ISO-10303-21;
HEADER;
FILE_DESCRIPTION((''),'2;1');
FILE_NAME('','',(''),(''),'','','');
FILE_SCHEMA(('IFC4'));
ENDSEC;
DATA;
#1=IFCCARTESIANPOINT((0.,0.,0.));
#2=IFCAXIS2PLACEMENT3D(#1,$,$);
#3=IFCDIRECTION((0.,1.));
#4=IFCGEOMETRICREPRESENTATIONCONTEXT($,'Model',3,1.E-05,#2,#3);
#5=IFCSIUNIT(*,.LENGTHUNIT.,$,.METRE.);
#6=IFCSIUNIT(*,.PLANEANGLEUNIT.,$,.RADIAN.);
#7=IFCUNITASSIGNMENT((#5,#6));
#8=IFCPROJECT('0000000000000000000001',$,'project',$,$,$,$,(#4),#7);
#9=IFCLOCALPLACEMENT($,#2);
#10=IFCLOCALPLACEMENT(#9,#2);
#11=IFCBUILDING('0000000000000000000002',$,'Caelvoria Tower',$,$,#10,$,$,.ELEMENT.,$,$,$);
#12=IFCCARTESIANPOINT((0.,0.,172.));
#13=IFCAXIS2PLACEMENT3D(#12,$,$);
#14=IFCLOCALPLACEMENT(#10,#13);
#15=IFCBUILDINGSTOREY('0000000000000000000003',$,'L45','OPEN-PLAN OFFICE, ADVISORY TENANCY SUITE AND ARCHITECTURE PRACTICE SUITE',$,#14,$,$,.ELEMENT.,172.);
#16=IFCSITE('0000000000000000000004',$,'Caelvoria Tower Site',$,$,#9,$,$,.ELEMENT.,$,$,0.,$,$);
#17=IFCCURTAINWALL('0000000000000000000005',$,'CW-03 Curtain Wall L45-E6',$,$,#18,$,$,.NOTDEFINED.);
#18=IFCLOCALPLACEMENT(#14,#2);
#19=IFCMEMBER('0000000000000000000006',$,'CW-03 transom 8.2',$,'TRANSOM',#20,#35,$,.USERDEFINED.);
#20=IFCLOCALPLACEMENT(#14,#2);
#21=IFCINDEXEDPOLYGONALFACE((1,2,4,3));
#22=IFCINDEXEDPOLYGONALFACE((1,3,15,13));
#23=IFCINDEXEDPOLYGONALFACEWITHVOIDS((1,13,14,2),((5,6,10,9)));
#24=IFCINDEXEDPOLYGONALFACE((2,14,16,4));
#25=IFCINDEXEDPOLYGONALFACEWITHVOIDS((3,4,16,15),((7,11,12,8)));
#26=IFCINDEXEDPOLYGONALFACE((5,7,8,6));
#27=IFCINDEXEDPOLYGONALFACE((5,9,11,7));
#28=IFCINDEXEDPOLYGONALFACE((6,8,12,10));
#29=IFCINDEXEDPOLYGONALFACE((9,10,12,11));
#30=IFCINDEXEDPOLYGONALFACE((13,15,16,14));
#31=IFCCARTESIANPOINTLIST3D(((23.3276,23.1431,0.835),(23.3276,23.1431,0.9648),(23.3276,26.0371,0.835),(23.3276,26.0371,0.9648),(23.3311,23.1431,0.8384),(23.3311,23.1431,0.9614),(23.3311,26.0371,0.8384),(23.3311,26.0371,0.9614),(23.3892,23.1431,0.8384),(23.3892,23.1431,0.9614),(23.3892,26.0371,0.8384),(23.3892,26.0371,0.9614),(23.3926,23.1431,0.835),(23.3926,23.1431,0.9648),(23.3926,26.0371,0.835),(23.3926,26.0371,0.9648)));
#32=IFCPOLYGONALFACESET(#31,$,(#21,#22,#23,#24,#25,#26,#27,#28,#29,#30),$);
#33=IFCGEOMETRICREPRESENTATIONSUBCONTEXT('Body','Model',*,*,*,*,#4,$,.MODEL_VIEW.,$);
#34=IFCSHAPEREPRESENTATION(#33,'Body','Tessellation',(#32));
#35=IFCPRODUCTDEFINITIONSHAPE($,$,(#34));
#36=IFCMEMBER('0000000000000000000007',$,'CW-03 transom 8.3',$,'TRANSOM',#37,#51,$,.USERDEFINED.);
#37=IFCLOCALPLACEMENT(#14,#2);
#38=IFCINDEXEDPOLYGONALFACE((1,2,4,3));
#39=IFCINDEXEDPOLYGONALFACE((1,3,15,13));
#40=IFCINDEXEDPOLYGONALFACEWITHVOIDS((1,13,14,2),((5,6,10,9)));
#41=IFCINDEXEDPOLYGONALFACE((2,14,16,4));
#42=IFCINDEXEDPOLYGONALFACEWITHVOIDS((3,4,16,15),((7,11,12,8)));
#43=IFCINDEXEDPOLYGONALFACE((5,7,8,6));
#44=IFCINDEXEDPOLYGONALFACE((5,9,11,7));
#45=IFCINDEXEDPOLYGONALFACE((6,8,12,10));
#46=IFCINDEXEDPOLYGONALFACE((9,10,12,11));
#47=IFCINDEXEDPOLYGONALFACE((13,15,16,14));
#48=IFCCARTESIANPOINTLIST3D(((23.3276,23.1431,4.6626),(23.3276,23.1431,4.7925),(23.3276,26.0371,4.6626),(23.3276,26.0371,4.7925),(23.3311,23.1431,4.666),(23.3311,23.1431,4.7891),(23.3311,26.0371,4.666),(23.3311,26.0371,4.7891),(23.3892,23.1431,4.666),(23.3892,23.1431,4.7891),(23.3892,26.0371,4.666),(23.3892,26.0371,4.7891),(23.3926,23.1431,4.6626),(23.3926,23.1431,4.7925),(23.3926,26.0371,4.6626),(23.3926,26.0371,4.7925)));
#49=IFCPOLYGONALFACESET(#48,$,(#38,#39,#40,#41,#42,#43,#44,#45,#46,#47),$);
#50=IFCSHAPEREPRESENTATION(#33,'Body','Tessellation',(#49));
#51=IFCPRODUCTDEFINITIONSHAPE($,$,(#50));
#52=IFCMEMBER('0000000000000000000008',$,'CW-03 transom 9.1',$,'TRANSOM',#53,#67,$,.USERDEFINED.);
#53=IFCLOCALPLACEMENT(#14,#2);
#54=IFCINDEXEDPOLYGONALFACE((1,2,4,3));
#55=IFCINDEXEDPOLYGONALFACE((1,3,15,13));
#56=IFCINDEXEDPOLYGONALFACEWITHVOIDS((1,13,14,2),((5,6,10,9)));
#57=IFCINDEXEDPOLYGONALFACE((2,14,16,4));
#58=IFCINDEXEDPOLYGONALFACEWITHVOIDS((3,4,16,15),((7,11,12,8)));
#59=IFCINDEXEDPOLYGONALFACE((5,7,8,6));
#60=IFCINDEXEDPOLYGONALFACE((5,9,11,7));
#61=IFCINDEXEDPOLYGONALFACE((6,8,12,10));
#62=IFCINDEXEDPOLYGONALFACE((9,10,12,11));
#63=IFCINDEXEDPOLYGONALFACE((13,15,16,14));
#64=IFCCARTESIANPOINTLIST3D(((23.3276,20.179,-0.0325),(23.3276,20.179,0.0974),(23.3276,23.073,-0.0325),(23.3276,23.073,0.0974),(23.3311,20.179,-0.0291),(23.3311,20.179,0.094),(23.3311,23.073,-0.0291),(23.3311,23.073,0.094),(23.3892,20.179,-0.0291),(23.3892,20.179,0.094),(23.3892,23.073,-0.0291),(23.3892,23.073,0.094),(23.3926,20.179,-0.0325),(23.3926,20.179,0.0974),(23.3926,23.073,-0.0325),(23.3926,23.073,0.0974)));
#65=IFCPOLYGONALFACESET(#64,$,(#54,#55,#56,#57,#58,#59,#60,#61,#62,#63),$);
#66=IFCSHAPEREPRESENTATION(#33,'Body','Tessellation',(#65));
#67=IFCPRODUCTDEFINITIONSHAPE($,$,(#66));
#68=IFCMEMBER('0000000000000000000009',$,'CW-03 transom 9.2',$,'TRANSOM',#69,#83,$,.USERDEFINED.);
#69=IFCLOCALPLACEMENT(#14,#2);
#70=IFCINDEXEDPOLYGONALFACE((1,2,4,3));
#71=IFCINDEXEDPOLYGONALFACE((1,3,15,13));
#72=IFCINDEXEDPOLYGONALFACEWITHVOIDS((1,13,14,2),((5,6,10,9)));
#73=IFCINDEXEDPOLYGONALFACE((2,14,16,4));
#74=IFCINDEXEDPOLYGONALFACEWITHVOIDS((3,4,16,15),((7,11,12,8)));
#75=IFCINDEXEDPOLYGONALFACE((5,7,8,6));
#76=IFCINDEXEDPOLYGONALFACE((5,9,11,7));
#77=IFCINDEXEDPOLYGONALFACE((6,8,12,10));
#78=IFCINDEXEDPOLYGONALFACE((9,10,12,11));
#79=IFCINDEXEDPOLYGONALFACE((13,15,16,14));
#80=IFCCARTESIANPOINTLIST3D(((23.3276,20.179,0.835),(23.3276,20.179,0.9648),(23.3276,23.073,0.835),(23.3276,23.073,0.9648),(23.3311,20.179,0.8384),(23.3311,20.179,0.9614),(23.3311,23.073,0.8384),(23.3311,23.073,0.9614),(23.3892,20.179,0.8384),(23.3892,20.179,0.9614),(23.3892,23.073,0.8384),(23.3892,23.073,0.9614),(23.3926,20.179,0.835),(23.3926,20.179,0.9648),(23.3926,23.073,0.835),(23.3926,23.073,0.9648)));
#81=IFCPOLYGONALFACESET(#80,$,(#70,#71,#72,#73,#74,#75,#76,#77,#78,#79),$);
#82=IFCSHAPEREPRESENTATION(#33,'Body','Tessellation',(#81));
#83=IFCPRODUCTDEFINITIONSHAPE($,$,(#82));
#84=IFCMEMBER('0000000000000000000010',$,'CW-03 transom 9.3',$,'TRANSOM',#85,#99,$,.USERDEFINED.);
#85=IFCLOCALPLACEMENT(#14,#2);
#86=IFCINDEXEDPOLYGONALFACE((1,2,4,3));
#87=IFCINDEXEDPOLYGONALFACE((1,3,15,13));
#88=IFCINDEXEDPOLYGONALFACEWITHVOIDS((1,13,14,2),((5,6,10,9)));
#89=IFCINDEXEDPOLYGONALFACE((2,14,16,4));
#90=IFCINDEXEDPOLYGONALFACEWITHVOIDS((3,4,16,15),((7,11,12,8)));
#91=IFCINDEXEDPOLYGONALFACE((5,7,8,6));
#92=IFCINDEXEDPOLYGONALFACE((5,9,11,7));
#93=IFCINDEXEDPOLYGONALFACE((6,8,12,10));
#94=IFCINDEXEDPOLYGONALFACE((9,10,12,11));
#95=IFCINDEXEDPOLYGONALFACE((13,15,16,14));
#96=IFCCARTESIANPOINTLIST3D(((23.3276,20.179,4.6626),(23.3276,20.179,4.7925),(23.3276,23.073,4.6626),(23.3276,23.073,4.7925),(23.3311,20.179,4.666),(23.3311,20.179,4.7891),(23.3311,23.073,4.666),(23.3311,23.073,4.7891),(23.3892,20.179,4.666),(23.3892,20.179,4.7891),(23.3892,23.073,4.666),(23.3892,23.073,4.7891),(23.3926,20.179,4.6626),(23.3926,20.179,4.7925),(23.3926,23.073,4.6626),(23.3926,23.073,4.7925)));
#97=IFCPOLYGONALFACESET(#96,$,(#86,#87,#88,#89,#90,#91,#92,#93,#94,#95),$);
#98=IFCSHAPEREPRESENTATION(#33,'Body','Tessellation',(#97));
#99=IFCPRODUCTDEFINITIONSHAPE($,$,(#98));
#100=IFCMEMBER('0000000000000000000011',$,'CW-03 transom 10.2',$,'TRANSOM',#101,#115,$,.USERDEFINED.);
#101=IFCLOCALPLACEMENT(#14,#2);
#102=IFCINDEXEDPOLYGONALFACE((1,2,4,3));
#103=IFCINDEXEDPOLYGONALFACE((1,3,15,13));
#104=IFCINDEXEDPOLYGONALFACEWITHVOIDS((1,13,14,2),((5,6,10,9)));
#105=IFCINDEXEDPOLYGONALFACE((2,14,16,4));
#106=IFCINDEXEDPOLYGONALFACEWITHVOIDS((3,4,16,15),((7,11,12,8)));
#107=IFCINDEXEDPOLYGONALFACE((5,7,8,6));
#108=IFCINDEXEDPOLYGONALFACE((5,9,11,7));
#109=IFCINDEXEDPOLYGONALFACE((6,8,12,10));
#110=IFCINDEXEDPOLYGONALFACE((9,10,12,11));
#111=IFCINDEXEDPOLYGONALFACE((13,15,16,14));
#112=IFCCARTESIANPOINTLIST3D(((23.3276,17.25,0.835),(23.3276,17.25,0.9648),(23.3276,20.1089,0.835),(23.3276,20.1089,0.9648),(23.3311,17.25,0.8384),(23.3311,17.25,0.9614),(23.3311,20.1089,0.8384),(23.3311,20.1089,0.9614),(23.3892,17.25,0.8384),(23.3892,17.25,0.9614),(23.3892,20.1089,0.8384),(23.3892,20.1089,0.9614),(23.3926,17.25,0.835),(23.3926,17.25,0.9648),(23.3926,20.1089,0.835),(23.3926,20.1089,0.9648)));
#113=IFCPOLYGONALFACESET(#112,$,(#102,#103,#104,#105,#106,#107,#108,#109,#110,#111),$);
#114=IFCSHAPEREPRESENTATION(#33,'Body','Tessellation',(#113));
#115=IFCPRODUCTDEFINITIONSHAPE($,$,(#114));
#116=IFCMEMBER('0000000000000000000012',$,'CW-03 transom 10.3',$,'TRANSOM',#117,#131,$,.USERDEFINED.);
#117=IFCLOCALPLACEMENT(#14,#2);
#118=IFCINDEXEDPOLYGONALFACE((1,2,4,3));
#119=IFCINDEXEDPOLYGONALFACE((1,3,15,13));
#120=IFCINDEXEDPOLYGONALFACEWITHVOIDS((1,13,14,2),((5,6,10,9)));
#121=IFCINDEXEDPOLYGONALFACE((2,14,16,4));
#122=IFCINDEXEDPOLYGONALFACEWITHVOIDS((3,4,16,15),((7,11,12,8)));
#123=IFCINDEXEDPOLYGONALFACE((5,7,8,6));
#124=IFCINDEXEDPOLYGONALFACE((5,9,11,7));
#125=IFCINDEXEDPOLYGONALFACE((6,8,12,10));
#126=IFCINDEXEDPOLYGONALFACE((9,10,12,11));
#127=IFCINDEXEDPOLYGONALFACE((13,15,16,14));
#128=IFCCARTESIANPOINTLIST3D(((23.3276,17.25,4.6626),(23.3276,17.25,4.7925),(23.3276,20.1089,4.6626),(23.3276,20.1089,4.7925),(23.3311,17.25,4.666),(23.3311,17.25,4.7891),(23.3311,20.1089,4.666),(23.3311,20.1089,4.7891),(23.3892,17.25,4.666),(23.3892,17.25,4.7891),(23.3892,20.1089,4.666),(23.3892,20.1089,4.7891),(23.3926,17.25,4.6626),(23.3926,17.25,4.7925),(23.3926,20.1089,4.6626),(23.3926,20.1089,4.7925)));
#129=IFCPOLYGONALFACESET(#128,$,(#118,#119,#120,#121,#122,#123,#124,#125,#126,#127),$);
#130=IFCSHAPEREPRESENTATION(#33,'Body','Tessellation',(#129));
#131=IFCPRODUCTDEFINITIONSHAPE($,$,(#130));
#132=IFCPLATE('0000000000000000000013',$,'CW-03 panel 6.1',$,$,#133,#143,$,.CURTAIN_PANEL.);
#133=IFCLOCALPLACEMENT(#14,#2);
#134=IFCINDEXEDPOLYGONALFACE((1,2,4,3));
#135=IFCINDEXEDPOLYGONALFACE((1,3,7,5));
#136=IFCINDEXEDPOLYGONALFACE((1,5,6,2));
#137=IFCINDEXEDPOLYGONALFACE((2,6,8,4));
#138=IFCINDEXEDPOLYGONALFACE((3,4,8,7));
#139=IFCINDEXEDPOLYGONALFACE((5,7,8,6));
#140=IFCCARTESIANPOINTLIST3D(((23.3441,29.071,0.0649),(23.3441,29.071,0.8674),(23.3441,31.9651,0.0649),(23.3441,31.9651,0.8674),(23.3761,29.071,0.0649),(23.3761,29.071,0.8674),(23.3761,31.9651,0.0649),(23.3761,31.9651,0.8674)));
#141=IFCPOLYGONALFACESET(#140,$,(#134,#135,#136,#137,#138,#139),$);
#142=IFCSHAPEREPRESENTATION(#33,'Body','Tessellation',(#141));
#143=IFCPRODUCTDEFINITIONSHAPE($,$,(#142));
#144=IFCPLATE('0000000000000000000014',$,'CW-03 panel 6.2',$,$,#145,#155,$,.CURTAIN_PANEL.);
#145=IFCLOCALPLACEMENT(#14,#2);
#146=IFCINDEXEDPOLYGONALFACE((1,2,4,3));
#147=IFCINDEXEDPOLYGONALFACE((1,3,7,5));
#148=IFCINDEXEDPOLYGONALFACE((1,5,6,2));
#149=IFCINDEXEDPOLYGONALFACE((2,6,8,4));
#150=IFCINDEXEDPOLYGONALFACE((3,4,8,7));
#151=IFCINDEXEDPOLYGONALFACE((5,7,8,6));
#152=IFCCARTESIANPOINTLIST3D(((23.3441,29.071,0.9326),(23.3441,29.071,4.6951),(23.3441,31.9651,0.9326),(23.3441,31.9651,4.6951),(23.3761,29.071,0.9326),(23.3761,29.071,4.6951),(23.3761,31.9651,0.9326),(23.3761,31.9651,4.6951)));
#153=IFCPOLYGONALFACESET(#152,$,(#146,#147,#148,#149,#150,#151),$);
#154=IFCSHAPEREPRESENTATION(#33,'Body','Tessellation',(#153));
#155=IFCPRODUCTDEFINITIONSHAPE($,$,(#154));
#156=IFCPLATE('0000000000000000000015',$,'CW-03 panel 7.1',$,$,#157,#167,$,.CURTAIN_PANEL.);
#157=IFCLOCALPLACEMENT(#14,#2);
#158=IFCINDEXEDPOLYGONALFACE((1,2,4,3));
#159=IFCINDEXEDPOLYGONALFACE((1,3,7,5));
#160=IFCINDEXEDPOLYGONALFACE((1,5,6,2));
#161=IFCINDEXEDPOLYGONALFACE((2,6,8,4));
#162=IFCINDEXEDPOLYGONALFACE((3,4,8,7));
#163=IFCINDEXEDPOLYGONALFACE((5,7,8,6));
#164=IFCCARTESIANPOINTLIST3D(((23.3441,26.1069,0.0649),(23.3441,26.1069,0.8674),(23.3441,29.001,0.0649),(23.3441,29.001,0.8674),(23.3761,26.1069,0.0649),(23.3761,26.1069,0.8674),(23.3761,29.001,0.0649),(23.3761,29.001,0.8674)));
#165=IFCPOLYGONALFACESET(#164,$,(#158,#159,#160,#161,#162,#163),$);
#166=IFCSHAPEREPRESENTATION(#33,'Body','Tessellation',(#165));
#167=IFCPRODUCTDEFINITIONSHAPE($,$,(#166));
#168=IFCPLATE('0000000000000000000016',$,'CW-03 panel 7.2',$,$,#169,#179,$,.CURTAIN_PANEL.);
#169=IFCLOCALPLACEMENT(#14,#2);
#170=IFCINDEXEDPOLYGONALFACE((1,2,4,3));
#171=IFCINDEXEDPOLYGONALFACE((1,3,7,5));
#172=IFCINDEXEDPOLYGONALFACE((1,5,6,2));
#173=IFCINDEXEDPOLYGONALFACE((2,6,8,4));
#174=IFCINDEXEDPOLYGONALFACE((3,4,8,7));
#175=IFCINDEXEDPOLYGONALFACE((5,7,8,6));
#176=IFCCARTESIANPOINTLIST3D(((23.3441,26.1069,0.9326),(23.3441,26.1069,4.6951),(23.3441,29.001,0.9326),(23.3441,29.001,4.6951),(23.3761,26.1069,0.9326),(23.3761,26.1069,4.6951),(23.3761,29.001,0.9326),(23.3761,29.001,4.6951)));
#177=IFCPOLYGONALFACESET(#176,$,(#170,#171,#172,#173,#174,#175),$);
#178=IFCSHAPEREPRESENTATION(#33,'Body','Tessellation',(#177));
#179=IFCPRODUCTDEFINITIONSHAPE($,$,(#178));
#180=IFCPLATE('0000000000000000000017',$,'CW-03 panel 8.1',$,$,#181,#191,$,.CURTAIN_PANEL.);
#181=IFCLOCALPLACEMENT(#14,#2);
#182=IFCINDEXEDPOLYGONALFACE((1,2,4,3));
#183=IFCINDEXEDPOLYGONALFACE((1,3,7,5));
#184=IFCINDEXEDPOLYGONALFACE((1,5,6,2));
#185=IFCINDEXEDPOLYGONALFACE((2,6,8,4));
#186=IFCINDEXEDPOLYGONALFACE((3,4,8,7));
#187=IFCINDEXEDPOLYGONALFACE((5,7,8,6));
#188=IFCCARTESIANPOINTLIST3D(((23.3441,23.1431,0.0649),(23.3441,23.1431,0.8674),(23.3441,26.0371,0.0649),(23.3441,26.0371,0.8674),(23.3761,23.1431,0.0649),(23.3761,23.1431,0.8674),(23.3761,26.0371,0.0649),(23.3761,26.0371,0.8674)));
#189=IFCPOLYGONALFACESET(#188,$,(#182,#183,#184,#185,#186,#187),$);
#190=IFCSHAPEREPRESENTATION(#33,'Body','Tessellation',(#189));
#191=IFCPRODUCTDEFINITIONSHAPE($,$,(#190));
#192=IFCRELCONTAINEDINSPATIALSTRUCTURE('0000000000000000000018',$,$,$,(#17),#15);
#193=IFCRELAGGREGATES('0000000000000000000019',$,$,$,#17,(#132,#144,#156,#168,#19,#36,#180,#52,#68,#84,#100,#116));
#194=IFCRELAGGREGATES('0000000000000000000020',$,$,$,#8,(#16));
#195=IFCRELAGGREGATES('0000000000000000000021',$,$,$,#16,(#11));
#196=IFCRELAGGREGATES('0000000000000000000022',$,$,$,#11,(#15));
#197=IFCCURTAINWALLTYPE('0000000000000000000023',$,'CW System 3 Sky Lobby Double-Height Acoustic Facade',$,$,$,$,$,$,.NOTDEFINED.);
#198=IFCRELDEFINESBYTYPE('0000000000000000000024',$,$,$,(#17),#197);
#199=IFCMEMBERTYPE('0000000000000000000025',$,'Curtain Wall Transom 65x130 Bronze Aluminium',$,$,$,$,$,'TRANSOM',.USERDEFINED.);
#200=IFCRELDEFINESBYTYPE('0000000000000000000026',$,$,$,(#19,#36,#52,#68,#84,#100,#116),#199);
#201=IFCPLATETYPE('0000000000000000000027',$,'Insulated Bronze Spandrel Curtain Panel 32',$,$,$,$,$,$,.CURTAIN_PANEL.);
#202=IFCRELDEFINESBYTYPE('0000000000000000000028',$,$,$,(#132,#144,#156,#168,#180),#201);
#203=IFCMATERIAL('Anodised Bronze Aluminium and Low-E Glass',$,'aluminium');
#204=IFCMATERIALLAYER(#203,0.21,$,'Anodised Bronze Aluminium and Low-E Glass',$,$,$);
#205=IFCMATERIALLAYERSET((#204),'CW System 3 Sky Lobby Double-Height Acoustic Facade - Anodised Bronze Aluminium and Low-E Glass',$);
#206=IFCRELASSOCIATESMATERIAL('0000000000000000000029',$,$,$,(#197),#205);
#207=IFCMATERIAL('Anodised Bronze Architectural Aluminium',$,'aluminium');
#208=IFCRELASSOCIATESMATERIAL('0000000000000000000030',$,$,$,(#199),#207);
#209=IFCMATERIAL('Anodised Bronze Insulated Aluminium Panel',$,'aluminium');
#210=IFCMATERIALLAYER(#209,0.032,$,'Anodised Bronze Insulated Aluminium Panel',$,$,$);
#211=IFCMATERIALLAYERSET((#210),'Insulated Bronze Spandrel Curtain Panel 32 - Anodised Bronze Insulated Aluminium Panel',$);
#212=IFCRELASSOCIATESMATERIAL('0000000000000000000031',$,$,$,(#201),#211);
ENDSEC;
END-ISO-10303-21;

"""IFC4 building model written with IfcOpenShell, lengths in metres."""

from ifc_helpers import new_model, si_unit, direction, frame, origin, origin_2d, place, context, subcontext, project, spatial, rectangle, hollow_rectangle, extrude, material, layer, layer_set, material_profile, profile_set, type_object, element, aggregate, save


model = new_model("IFC4")

# Units and contexts
model_context = context("Model", 3, precision=1e-05, world=origin(), true_north=direction((0.0, 1.0)))
body_context = subcontext(model_context, "Body", "Model", "MODEL_VIEW")
ifc_project = project(units=[si_unit("LENGTHUNIT", "METRE"), si_unit("PLANEANGLEUNIT", "RADIAN")], contexts=[model_context])

# Site, building, storey
site_placement = place(None, origin())
site = spatial("IfcSite", under=ifc_project, at=site_placement, Name="Caelvoria Tower Site", CompositionType="ELEMENT", RefElevation=0.0)
building_placement = place(site_placement, origin())
building = spatial("IfcBuilding", under=site, at=building_placement, Name="Caelvoria Tower", CompositionType="ELEMENT")
storey_placement = place(building_placement, frame((0.0, 0.0, 172.0)))
storey = spatial("IfcBuildingStorey", under=building, at=storey_placement, Name="L45", Description="OPEN-PLAN OFFICE, ADVISORY TENANCY SUITE AND ARCHITECTURE PRACTICE SUITE", CompositionType="ELEMENT", Elevation=172.0)

# Curtain wall, members, plates
ifc_material_1 = material(Name="Anodised Bronze Aluminium and Low-E Glass", Category="aluminium")
ifc_layer_1 = layer(ifc_material_1, 0.21, Name="Anodised Bronze Aluminium and Low-E Glass")
ifc_layer_set_1 = layer_set([ifc_layer_1], Name="CW System 3 Sky Lobby Double-Height Acoustic Facade - Anodised Bronze Aluminium and Low-E Glass")
curtain_wall_type = type_object("IfcCurtainWallType", Name="CW System 3 Sky Lobby Double-Height Acoustic Facade", PredefinedType="NOTDEFINED", material=ifc_layer_set_1)
curtain_wall_placement = place(storey_placement, origin())
curtain_wall = element("IfcCurtainWall", 1, at=curtain_wall_placement, inside=storey, type_object=curtain_wall_type, Name="CW-03 Curtain Wall L45-E6", PredefinedType="NOTDEFINED")
ifc_material_2 = material(Name="Anodised Bronze Architectural Aluminium", Category="aluminium")
ifc_material_profile_1 = material_profile(ifc_material_2, hollow_rectangle(XDim=0.0649, YDim=0.1299, WallThickness=0.0034, at=origin_2d()), Name="Anodised Bronze Architectural Aluminium")
ifc_profile_set_1 = profile_set([ifc_material_profile_1], Name="CW_TRAN_65X130 - Anodised Bronze Architectural Aluminium")
member_type_1 = type_object("IfcMemberType", Name="Curtain Wall Transom 65x130 Bronze Aluminium", ElementType="TRANSOM", PredefinedType="USERDEFINED", material=ifc_profile_set_1)
member_1_placement = place(storey_placement, frame((23.3601, 26.0371, 0.8999), z_axis=(0.0, -1.0, 0.0), x_axis=(1.0, 0.0, 0.0)))
member_1 = element("IfcMember", 2, at=member_1_placement, type_object=member_type_1, Name="CW-03 transom 8.2", ObjectType="TRANSOM", PredefinedType="USERDEFINED", context=body_context, shape_type="SweptSolid", body=[
    extrude(hollow_rectangle(XDim=0.0649, YDim=0.1299, WallThickness=0.0034, at=origin_2d()), origin(), (0.0, 0.0, 1.0), 2.894),
])
member_2_placement = place(storey_placement, frame((23.3601, 26.0371, 4.7275), z_axis=(0.0, -1.0, 0.0), x_axis=(1.0, 0.0, 0.0)))
member_2 = element("IfcMember", 3, at=member_2_placement, type_object=member_type_1, Name="CW-03 transom 8.3", ObjectType="TRANSOM", PredefinedType="USERDEFINED", context=body_context, shape_type="SweptSolid", body=[
    extrude(hollow_rectangle(XDim=0.0649, YDim=0.1299, WallThickness=0.0034, at=origin_2d()), origin(), (0.0, 0.0, 1.0), 2.894),
])
member_3_placement = place(storey_placement, frame((23.3601, 23.073, 0.0325), z_axis=(0.0, -1.0, 0.0), x_axis=(1.0, 0.0, 0.0)))
member_3 = element("IfcMember", 4, at=member_3_placement, type_object=member_type_1, Name="CW-03 transom 9.1", ObjectType="TRANSOM", PredefinedType="USERDEFINED", context=body_context, shape_type="SweptSolid", body=[
    extrude(hollow_rectangle(XDim=0.0649, YDim=0.1299, WallThickness=0.0034, at=origin_2d()), origin(), (0.0, 0.0, 1.0), 2.894),
])
member_4_placement = place(storey_placement, frame((23.3601, 23.073, 0.8999), z_axis=(0.0, -1.0, 0.0), x_axis=(1.0, 0.0, 0.0)))
member_4 = element("IfcMember", 5, at=member_4_placement, type_object=member_type_1, Name="CW-03 transom 9.2", ObjectType="TRANSOM", PredefinedType="USERDEFINED", context=body_context, shape_type="SweptSolid", body=[
    extrude(hollow_rectangle(XDim=0.0649, YDim=0.1299, WallThickness=0.0034, at=origin_2d()), origin(), (0.0, 0.0, 1.0), 2.894),
])
member_5_placement = place(storey_placement, frame((23.3601, 23.073, 4.7275), z_axis=(0.0, -1.0, 0.0), x_axis=(1.0, 0.0, 0.0)))
member_5 = element("IfcMember", 6, at=member_5_placement, type_object=member_type_1, Name="CW-03 transom 9.3", ObjectType="TRANSOM", PredefinedType="USERDEFINED", context=body_context, shape_type="SweptSolid", body=[
    extrude(hollow_rectangle(XDim=0.0649, YDim=0.1299, WallThickness=0.0034, at=origin_2d()), origin(), (0.0, 0.0, 1.0), 2.894),
])
member_6_placement = place(storey_placement, frame((23.3601, 20.1089, 0.8999), z_axis=(0.0, -1.0, 0.0), x_axis=(1.0, 0.0, 0.0)))
member_6 = element("IfcMember", 7, at=member_6_placement, type_object=member_type_1, Name="CW-03 transom 10.2", ObjectType="TRANSOM", PredefinedType="USERDEFINED", context=body_context, shape_type="SweptSolid", body=[
    extrude(hollow_rectangle(XDim=0.0649, YDim=0.1299, WallThickness=0.0034, at=origin_2d()), origin(), (0.0, 0.0, 1.0), 2.8589),
])
member_7_placement = place(storey_placement, frame((23.3601, 20.1089, 4.7275), z_axis=(0.0, -1.0, 0.0), x_axis=(1.0, 0.0, 0.0)))
member_7 = element("IfcMember", 8, at=member_7_placement, type_object=member_type_1, Name="CW-03 transom 10.3", ObjectType="TRANSOM", PredefinedType="USERDEFINED", context=body_context, shape_type="SweptSolid", body=[
    extrude(hollow_rectangle(XDim=0.0649, YDim=0.1299, WallThickness=0.0034, at=origin_2d()), origin(), (0.0, 0.0, 1.0), 2.8589),
])
ifc_material_3 = material(Name="Anodised Bronze Insulated Aluminium Panel", Category="aluminium")
ifc_layer_2 = layer(ifc_material_3, 0.032, Name="Anodised Bronze Insulated Aluminium Panel")
ifc_layer_set_2 = layer_set([ifc_layer_2], Name="Insulated Bronze Spandrel Curtain Panel 32 - Anodised Bronze Insulated Aluminium Panel")
plate_type = type_object("IfcPlateType", Name="Insulated Bronze Spandrel Curtain Panel 32", PredefinedType="CURTAIN_PANEL", material=ifc_layer_set_2)
plate_1_placement = place(storey_placement, frame((23.3601, 30.5181, 0.0649), z_axis=(0.0, 0.0, 1.0), x_axis=(0.0, -1.0, 0.0)))
plate_1 = element("IfcPlate", 9, at=plate_1_placement, type_object=plate_type, Name="CW-03 panel 6.1", PredefinedType="CURTAIN_PANEL", context=body_context, shape_type="SweptSolid", body=[
    extrude(rectangle(XDim=2.894, YDim=0.032, at=origin_2d()), origin(), (0.0, 0.0, 1.0), 0.8025),
])
plate_2_placement = place(storey_placement, frame((23.3601, 30.5181, 0.9326), z_axis=(0.0, 0.0, 1.0), x_axis=(0.0, -1.0, 0.0)))
plate_2 = element("IfcPlate", 10, at=plate_2_placement, type_object=plate_type, Name="CW-03 panel 6.2", PredefinedType="CURTAIN_PANEL", context=body_context, shape_type="SweptSolid", body=[
    extrude(rectangle(XDim=2.894, YDim=0.032, at=origin_2d()), origin(), (0.0, 0.0, 1.0), 3.7625),
])
plate_3_placement = place(storey_placement, frame((23.3601, 27.554, 0.0649), z_axis=(0.0, 0.0, 1.0), x_axis=(0.0, -1.0, 0.0)))
plate_3 = element("IfcPlate", 11, at=plate_3_placement, type_object=plate_type, Name="CW-03 panel 7.1", PredefinedType="CURTAIN_PANEL", context=body_context, shape_type="SweptSolid", body=[
    extrude(rectangle(XDim=2.894, YDim=0.032, at=origin_2d()), origin(), (0.0, 0.0, 1.0), 0.8025),
])
plate_4_placement = place(storey_placement, frame((23.3601, 27.554, 0.9326), z_axis=(0.0, 0.0, 1.0), x_axis=(0.0, -1.0, 0.0)))
plate_4 = element("IfcPlate", 12, at=plate_4_placement, type_object=plate_type, Name="CW-03 panel 7.2", PredefinedType="CURTAIN_PANEL", context=body_context, shape_type="SweptSolid", body=[
    extrude(rectangle(XDim=2.894, YDim=0.032, at=origin_2d()), origin(), (0.0, 0.0, 1.0), 3.7625),
])
plate_5_placement = place(storey_placement, frame((23.3601, 24.5901, 0.0649), z_axis=(0.0, 0.0, 1.0), x_axis=(0.0, -1.0, 0.0)))
plate_5 = element("IfcPlate", 13, at=plate_5_placement, type_object=plate_type, Name="CW-03 panel 8.1", PredefinedType="CURTAIN_PANEL", context=body_context, shape_type="SweptSolid", body=[
    extrude(rectangle(XDim=2.894, YDim=0.032, at=origin_2d()), origin(), (0.0, 0.0, 1.0), 0.8025),
])
aggregate(curtain_wall, [plate_1, plate_2, plate_3, plate_4, member_1, member_2, plate_5, member_3, member_4, member_5, member_6, member_7])

save(model, "model.ifc")
